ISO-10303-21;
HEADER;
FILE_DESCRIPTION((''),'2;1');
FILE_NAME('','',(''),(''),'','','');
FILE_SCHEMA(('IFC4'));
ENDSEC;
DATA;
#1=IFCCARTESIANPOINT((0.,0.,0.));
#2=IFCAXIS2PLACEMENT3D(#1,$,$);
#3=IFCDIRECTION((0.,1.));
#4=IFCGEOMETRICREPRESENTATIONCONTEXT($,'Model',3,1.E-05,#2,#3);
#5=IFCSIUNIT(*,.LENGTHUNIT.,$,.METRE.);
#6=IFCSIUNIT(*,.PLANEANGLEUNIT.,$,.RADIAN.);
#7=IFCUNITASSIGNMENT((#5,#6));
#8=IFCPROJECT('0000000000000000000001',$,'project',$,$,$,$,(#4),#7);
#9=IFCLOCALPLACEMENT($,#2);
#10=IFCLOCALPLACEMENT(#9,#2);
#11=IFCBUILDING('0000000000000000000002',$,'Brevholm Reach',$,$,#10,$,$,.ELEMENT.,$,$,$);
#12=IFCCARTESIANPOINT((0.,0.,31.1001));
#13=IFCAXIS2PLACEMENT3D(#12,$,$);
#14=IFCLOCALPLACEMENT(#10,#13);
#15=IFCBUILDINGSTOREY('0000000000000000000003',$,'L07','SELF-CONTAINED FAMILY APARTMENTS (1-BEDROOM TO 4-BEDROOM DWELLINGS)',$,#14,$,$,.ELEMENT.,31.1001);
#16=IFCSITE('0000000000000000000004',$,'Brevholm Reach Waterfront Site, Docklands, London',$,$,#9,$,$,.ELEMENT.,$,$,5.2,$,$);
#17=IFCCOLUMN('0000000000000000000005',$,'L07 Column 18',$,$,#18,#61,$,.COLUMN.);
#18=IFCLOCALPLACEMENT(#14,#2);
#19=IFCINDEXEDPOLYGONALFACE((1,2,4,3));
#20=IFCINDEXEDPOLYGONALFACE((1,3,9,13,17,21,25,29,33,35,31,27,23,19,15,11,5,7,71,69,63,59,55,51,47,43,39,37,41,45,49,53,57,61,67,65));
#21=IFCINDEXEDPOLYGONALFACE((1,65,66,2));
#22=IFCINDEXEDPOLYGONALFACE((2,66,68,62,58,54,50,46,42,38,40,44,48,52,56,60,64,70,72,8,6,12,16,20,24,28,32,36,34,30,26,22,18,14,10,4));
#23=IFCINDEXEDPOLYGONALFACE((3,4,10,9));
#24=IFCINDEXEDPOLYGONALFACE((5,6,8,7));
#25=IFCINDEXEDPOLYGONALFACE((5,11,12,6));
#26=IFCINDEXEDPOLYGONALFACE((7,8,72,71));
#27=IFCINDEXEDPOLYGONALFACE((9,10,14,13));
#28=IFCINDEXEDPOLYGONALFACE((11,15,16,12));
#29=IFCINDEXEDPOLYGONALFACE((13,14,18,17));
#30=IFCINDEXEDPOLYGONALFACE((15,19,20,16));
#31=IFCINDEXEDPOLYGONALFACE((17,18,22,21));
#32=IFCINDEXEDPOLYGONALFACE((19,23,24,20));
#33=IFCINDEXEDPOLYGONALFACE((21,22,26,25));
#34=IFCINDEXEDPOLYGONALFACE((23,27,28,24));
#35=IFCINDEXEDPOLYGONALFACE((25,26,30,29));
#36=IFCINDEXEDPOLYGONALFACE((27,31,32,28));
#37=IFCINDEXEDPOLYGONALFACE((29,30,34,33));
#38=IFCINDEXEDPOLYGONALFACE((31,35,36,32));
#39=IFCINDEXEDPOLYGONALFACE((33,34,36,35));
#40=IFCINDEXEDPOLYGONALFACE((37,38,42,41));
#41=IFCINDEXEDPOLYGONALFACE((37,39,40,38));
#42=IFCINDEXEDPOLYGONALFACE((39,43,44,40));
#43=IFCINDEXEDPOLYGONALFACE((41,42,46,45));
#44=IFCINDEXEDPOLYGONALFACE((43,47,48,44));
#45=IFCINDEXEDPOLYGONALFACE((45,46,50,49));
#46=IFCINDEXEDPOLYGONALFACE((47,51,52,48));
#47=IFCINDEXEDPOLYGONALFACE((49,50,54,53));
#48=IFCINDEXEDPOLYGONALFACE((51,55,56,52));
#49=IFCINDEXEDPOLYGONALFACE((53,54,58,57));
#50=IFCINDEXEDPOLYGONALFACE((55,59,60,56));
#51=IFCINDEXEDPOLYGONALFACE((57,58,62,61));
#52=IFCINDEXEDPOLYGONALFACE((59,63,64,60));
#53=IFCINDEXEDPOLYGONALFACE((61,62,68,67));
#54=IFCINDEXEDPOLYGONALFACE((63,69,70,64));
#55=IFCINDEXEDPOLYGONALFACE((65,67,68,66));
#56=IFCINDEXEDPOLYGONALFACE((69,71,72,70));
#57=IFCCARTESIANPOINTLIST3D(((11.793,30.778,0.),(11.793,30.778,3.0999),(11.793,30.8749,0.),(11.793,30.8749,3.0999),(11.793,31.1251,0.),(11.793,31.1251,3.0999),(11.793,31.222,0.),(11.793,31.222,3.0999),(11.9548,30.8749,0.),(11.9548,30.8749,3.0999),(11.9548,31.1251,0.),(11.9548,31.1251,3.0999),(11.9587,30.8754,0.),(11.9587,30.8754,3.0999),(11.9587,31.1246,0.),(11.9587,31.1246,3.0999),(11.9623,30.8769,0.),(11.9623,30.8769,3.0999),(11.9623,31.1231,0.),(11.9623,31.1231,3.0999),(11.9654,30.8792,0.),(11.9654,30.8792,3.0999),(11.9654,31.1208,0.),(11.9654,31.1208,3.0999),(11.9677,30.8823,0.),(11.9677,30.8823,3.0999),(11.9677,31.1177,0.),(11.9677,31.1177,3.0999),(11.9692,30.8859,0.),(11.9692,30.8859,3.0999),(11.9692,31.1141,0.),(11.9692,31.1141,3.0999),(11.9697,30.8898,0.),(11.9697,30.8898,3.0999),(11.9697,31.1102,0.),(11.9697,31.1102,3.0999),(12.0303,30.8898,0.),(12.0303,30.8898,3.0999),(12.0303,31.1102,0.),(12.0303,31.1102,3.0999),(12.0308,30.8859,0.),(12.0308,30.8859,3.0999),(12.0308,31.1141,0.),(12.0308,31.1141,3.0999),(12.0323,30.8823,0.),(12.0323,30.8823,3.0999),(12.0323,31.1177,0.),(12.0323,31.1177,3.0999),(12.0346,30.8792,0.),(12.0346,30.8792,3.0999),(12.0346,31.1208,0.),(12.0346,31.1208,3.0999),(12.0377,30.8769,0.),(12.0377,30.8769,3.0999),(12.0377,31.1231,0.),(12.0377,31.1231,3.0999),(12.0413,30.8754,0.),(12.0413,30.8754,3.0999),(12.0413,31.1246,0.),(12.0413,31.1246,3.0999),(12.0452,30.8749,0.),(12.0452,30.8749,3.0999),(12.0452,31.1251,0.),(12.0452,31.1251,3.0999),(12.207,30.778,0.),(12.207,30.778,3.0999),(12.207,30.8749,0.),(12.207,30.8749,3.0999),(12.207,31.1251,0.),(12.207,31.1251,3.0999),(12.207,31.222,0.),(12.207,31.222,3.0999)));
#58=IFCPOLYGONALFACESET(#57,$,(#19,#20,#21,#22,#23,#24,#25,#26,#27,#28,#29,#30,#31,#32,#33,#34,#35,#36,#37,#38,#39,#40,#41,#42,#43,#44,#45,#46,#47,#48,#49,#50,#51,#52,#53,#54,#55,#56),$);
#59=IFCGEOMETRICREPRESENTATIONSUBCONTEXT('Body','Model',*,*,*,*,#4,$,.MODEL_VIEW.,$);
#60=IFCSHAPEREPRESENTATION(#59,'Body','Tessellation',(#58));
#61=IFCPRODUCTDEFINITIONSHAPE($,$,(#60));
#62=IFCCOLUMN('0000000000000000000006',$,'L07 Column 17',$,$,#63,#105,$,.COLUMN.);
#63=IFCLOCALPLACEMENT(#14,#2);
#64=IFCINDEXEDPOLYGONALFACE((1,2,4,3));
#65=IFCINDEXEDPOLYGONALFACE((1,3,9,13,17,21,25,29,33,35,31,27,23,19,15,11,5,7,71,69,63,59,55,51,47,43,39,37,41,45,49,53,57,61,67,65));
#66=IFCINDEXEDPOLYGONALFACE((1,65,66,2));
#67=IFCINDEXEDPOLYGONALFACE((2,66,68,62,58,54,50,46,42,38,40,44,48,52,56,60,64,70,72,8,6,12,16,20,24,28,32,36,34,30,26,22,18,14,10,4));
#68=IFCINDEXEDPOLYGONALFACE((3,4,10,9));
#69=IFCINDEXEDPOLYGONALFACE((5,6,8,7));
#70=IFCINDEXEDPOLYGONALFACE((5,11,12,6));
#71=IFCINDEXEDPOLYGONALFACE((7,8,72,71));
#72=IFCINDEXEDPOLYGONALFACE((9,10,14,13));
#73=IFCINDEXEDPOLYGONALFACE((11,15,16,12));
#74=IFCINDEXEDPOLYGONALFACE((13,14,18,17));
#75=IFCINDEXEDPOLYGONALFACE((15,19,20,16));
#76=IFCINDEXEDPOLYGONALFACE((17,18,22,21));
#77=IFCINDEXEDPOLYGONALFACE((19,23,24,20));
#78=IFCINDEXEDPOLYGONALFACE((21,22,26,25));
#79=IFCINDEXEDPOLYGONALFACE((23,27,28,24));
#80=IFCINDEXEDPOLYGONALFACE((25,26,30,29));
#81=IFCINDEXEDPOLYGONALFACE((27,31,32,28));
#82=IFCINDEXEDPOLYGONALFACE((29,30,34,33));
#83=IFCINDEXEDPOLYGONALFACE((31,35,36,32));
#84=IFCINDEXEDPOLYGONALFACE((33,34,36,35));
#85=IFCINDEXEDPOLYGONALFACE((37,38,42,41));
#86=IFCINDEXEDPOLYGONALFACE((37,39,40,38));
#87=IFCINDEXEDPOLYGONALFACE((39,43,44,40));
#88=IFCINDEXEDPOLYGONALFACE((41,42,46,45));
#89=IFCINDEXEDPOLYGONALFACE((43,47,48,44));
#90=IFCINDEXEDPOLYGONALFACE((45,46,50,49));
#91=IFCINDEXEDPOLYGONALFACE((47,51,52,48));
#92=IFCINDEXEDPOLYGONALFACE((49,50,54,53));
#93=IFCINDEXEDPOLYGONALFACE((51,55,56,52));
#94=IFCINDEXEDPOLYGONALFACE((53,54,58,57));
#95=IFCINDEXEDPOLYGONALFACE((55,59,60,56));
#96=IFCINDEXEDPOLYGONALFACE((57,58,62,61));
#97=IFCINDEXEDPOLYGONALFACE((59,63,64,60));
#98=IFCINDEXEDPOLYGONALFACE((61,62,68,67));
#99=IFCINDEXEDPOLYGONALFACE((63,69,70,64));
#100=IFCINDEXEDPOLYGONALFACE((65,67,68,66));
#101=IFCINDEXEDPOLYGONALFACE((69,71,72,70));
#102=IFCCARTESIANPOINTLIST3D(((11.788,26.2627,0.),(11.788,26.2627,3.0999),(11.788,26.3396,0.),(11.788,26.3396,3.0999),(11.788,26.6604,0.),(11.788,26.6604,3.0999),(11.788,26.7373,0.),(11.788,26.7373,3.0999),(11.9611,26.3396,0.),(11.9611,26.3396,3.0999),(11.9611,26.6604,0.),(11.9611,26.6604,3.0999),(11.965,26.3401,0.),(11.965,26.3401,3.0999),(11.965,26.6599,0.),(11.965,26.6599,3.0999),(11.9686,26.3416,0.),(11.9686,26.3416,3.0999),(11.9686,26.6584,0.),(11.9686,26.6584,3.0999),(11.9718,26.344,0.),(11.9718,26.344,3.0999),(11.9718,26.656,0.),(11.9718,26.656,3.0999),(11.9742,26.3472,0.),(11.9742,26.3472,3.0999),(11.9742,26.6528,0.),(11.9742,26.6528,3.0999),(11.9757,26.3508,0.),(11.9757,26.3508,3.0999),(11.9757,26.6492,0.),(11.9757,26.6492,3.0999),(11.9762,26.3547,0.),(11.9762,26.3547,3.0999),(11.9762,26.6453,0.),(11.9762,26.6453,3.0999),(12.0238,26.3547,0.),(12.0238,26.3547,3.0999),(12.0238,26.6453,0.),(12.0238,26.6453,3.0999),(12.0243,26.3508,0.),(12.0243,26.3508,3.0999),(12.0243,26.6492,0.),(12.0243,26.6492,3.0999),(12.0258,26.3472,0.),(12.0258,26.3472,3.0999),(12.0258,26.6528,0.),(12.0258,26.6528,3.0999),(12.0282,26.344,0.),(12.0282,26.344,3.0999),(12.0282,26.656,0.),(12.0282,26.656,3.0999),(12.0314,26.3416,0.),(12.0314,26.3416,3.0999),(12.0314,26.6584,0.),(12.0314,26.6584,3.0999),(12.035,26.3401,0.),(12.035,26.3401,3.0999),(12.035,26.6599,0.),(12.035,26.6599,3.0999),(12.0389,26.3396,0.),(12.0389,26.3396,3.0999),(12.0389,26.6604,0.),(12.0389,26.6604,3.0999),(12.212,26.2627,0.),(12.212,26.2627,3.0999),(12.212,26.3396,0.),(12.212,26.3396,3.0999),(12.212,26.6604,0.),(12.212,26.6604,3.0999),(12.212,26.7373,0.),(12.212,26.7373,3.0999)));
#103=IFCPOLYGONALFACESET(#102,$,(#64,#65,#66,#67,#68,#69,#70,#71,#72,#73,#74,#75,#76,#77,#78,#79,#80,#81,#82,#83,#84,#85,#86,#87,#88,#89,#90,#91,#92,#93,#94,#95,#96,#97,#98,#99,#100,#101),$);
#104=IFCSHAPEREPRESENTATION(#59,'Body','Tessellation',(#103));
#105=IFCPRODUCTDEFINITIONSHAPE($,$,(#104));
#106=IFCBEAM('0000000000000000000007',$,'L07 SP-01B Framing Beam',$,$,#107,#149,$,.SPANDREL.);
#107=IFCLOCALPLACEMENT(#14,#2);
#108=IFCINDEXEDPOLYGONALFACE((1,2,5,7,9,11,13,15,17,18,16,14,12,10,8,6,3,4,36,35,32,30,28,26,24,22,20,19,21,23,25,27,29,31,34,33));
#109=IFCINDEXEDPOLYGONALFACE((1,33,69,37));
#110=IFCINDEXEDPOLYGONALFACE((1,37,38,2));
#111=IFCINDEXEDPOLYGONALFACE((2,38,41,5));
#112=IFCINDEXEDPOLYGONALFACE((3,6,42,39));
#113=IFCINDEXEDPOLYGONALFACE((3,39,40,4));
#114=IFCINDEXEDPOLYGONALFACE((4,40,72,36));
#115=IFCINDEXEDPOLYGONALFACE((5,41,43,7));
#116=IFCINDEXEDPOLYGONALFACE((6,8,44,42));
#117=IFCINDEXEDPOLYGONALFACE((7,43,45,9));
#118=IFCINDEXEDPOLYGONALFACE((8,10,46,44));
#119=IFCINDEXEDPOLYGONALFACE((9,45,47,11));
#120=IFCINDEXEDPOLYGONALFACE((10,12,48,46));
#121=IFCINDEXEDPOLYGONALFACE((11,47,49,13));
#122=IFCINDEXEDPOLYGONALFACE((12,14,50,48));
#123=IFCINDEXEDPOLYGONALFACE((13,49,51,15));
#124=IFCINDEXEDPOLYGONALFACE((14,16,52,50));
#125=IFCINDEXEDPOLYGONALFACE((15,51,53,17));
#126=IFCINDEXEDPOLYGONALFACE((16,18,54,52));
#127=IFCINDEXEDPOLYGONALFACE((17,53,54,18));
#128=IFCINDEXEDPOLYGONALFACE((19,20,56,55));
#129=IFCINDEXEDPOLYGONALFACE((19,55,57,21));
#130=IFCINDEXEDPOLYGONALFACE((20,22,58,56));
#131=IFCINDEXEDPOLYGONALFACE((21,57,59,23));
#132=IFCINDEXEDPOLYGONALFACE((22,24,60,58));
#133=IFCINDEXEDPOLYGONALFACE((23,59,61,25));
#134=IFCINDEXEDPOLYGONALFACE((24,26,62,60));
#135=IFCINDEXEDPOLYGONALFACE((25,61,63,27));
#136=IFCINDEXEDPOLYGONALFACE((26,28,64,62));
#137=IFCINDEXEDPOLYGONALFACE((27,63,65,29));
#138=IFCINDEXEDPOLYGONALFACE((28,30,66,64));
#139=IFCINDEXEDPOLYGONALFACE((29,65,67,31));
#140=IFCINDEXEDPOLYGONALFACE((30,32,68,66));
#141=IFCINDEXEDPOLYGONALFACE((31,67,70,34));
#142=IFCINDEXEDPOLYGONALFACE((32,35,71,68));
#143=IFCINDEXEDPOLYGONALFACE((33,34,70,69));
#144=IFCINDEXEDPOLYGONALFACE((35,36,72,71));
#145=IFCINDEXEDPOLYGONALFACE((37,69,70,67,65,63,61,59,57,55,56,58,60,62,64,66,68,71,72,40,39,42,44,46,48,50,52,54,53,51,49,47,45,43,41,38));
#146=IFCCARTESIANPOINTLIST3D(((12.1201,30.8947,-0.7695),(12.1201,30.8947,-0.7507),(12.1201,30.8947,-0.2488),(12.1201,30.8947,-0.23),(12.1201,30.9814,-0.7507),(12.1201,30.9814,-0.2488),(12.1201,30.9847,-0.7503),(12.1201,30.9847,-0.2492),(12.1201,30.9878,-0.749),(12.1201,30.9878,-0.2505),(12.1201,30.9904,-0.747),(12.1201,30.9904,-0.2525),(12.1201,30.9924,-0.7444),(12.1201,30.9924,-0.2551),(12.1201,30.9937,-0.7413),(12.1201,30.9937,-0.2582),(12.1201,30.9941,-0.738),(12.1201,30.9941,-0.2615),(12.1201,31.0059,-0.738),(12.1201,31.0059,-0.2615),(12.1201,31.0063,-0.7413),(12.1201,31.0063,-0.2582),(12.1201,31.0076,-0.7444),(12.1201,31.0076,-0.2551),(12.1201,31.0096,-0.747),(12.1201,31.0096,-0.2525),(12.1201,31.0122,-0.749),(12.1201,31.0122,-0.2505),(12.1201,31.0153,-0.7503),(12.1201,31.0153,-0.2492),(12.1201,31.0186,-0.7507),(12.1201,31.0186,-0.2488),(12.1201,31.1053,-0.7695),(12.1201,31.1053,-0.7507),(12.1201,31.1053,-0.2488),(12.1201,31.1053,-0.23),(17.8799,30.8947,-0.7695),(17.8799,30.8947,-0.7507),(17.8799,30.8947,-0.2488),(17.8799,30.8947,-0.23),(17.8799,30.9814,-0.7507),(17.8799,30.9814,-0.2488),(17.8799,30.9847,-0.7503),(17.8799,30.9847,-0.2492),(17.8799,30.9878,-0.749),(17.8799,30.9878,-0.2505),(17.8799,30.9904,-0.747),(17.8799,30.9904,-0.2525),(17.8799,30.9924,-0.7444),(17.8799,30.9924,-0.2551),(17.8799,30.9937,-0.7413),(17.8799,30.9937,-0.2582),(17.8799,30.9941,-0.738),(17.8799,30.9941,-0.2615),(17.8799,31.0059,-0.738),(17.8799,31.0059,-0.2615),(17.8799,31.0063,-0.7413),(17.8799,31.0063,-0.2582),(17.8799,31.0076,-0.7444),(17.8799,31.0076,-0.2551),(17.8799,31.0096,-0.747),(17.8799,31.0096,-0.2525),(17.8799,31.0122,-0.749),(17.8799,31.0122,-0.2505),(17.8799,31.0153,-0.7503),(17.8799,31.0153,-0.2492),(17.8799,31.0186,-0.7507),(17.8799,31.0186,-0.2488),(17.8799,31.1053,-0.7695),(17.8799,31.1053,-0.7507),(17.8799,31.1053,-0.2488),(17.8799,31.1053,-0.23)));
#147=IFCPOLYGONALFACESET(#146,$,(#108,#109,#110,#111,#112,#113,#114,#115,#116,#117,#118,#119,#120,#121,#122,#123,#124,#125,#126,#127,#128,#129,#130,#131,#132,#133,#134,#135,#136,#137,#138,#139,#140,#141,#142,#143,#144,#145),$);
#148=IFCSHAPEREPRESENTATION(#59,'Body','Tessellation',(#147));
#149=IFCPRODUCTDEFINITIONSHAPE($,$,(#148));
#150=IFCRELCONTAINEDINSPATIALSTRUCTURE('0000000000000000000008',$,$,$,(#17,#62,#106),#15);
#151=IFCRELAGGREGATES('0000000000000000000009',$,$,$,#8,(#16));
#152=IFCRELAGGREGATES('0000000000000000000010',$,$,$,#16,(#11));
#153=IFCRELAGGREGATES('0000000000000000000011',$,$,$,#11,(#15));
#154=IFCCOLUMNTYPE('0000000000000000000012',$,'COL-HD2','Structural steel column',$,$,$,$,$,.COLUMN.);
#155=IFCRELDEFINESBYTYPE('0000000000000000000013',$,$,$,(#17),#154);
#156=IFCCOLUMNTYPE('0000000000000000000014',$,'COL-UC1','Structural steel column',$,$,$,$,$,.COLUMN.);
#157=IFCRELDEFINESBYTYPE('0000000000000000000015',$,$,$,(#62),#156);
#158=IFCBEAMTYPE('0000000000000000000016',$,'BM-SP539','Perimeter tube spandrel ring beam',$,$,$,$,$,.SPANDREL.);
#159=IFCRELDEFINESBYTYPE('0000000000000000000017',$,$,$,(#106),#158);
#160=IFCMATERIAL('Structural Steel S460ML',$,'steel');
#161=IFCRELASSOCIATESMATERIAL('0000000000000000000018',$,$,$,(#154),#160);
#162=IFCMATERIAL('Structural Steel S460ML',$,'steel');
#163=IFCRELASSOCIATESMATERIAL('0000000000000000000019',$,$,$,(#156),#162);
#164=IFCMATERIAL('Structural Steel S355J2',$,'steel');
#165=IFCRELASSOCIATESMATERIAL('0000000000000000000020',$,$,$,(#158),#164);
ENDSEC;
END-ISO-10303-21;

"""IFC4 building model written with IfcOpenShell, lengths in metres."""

from ifc_helpers import new_model, si_unit, direction, frame, origin, origin_2d, place, context, subcontext, project, spatial, i_section, extrude, material, material_profile, profile_set, type_object, element, save


model = new_model("IFC4")

# Units and contexts
model_context = context("Model", 3, precision=1e-05, world=origin(), true_north=direction((0.0, 1.0)))
body_context = subcontext(model_context, "Body", "Model", "MODEL_VIEW")
ifc_project = project(units=[si_unit("LENGTHUNIT", "METRE"), si_unit("PLANEANGLEUNIT", "RADIAN")], contexts=[model_context])

# Site, building, storey
site_placement = place(None, origin())
site = spatial("IfcSite", under=ifc_project, at=site_placement, Name="Brevholm Reach Waterfront Site, Docklands, London", CompositionType="ELEMENT", RefElevation=5.2)
building_placement = place(site_placement, origin())
building = spatial("IfcBuilding", under=site, at=building_placement, Name="Brevholm Reach", CompositionType="ELEMENT")
storey_placement = place(building_placement, frame((0.0, 0.0, 31.1001)))
storey = spatial("IfcBuildingStorey", under=building, at=storey_placement, Name="L07", Description="SELF-CONTAINED FAMILY APARTMENTS (1-BEDROOM TO 4-BEDROOM DWELLINGS)", CompositionType="ELEMENT", Elevation=31.1001)

# Columns
ifc_material_1 = material(Name="Structural Steel S460ML", Category="steel")
ifc_material_profile_1 = material_profile(ifc_material_1, i_section(OverallWidth=0.4141, OverallDepth=0.4441, WebThickness=0.0605, FlangeThickness=0.0969, FilletRadius=0.0149, at=origin_2d()), Name="HD 400x818")
ifc_profile_set_1 = profile_set([ifc_material_profile_1], Name="Structural Steel S460ML")
column_type_1 = type_object("IfcColumnType", Name="COL-HD2", Description="Structural steel column", PredefinedType="COLUMN", material=ifc_profile_set_1)
column_1_placement = place(storey_placement, frame((12.0, 31.0, 0.0), z_axis=(0.0, 0.0, 1.0), x_axis=(1.0, 0.0, 0.0)))
element("IfcColumn", 1, at=column_1_placement, inside=storey, type_object=column_type_1, Name="L07 Column 18", PredefinedType="COLUMN", context=body_context, shape_type="SweptSolid", body=[
    extrude(i_section(OverallWidth=0.4141, OverallDepth=0.4441, WebThickness=0.0605, FlangeThickness=0.0969, FilletRadius=0.0149, at=origin_2d()), origin(), (0.0, 0.0, 1.0), 3.0999),
])
ifc_material_2 = material(Name="Structural Steel S460ML", Category="steel")
ifc_material_profile_2 = material_profile(ifc_material_2, i_section(OverallWidth=0.4241, OverallDepth=0.4746, WebThickness=0.0476, FlangeThickness=0.0769, FilletRadius=0.0151, at=origin_2d()), Name="UKC 356x406x634")
ifc_profile_set_2 = profile_set([ifc_material_profile_2], Name="Structural Steel S460ML")
column_type_2 = type_object("IfcColumnType", Name="COL-UC1", Description="Structural steel column", PredefinedType="COLUMN", material=ifc_profile_set_2)
column_2_placement = place(storey_placement, frame((12.0, 26.5, 0.0), z_axis=(0.0, 0.0, 1.0), x_axis=(1.0, 0.0, 0.0)))
element("IfcColumn", 2, at=column_2_placement, inside=storey, type_object=column_type_2, Name="L07 Column 17", PredefinedType="COLUMN", context=body_context, shape_type="SweptSolid", body=[
    extrude(i_section(OverallWidth=0.4241, OverallDepth=0.4746, WebThickness=0.0476, FlangeThickness=0.0769, FilletRadius=0.0151, at=origin_2d()), origin(), (0.0, 0.0, 1.0), 3.0999),
])

# Beam
ifc_material_3 = material(Name="Structural Steel S355J2", Category="steel")
ifc_material_profile_3 = material_profile(ifc_material_3, i_section(OverallWidth=0.2107, OverallDepth=0.5396, WebThickness=0.0117, FlangeThickness=0.0188, FilletRadius=0.0127, at=origin_2d()), Name="UKB 533x210x109")
ifc_profile_set_3 = profile_set([ifc_material_profile_3], Name="Structural Steel S355J2")
beam_type_1 = type_object("IfcBeamType", Name="BM-SP539", Description="Perimeter tube spandrel ring beam", PredefinedType="SPANDREL", material=ifc_profile_set_3)
beam_1_placement = place(storey_placement, frame((12.1201, 31.0, -0.4998), z_axis=(1.0, 0.0, 0.0), x_axis=(0.0, 1.0, 0.0)))
element("IfcBeam", 3, at=beam_1_placement, inside=storey, type_object=beam_type_1, Name="L07 SP-01B Framing Beam", PredefinedType="SPANDREL", context=body_context, shape_type="SweptSolid", body=[
    extrude(i_section(OverallWidth=0.2107, OverallDepth=0.5396, WebThickness=0.0117, FlangeThickness=0.0188, FilletRadius=0.0127, at=origin_2d()), origin(), (0.0, 0.0, 1.0), 5.7598),
])

save(model, "model.ifc")
